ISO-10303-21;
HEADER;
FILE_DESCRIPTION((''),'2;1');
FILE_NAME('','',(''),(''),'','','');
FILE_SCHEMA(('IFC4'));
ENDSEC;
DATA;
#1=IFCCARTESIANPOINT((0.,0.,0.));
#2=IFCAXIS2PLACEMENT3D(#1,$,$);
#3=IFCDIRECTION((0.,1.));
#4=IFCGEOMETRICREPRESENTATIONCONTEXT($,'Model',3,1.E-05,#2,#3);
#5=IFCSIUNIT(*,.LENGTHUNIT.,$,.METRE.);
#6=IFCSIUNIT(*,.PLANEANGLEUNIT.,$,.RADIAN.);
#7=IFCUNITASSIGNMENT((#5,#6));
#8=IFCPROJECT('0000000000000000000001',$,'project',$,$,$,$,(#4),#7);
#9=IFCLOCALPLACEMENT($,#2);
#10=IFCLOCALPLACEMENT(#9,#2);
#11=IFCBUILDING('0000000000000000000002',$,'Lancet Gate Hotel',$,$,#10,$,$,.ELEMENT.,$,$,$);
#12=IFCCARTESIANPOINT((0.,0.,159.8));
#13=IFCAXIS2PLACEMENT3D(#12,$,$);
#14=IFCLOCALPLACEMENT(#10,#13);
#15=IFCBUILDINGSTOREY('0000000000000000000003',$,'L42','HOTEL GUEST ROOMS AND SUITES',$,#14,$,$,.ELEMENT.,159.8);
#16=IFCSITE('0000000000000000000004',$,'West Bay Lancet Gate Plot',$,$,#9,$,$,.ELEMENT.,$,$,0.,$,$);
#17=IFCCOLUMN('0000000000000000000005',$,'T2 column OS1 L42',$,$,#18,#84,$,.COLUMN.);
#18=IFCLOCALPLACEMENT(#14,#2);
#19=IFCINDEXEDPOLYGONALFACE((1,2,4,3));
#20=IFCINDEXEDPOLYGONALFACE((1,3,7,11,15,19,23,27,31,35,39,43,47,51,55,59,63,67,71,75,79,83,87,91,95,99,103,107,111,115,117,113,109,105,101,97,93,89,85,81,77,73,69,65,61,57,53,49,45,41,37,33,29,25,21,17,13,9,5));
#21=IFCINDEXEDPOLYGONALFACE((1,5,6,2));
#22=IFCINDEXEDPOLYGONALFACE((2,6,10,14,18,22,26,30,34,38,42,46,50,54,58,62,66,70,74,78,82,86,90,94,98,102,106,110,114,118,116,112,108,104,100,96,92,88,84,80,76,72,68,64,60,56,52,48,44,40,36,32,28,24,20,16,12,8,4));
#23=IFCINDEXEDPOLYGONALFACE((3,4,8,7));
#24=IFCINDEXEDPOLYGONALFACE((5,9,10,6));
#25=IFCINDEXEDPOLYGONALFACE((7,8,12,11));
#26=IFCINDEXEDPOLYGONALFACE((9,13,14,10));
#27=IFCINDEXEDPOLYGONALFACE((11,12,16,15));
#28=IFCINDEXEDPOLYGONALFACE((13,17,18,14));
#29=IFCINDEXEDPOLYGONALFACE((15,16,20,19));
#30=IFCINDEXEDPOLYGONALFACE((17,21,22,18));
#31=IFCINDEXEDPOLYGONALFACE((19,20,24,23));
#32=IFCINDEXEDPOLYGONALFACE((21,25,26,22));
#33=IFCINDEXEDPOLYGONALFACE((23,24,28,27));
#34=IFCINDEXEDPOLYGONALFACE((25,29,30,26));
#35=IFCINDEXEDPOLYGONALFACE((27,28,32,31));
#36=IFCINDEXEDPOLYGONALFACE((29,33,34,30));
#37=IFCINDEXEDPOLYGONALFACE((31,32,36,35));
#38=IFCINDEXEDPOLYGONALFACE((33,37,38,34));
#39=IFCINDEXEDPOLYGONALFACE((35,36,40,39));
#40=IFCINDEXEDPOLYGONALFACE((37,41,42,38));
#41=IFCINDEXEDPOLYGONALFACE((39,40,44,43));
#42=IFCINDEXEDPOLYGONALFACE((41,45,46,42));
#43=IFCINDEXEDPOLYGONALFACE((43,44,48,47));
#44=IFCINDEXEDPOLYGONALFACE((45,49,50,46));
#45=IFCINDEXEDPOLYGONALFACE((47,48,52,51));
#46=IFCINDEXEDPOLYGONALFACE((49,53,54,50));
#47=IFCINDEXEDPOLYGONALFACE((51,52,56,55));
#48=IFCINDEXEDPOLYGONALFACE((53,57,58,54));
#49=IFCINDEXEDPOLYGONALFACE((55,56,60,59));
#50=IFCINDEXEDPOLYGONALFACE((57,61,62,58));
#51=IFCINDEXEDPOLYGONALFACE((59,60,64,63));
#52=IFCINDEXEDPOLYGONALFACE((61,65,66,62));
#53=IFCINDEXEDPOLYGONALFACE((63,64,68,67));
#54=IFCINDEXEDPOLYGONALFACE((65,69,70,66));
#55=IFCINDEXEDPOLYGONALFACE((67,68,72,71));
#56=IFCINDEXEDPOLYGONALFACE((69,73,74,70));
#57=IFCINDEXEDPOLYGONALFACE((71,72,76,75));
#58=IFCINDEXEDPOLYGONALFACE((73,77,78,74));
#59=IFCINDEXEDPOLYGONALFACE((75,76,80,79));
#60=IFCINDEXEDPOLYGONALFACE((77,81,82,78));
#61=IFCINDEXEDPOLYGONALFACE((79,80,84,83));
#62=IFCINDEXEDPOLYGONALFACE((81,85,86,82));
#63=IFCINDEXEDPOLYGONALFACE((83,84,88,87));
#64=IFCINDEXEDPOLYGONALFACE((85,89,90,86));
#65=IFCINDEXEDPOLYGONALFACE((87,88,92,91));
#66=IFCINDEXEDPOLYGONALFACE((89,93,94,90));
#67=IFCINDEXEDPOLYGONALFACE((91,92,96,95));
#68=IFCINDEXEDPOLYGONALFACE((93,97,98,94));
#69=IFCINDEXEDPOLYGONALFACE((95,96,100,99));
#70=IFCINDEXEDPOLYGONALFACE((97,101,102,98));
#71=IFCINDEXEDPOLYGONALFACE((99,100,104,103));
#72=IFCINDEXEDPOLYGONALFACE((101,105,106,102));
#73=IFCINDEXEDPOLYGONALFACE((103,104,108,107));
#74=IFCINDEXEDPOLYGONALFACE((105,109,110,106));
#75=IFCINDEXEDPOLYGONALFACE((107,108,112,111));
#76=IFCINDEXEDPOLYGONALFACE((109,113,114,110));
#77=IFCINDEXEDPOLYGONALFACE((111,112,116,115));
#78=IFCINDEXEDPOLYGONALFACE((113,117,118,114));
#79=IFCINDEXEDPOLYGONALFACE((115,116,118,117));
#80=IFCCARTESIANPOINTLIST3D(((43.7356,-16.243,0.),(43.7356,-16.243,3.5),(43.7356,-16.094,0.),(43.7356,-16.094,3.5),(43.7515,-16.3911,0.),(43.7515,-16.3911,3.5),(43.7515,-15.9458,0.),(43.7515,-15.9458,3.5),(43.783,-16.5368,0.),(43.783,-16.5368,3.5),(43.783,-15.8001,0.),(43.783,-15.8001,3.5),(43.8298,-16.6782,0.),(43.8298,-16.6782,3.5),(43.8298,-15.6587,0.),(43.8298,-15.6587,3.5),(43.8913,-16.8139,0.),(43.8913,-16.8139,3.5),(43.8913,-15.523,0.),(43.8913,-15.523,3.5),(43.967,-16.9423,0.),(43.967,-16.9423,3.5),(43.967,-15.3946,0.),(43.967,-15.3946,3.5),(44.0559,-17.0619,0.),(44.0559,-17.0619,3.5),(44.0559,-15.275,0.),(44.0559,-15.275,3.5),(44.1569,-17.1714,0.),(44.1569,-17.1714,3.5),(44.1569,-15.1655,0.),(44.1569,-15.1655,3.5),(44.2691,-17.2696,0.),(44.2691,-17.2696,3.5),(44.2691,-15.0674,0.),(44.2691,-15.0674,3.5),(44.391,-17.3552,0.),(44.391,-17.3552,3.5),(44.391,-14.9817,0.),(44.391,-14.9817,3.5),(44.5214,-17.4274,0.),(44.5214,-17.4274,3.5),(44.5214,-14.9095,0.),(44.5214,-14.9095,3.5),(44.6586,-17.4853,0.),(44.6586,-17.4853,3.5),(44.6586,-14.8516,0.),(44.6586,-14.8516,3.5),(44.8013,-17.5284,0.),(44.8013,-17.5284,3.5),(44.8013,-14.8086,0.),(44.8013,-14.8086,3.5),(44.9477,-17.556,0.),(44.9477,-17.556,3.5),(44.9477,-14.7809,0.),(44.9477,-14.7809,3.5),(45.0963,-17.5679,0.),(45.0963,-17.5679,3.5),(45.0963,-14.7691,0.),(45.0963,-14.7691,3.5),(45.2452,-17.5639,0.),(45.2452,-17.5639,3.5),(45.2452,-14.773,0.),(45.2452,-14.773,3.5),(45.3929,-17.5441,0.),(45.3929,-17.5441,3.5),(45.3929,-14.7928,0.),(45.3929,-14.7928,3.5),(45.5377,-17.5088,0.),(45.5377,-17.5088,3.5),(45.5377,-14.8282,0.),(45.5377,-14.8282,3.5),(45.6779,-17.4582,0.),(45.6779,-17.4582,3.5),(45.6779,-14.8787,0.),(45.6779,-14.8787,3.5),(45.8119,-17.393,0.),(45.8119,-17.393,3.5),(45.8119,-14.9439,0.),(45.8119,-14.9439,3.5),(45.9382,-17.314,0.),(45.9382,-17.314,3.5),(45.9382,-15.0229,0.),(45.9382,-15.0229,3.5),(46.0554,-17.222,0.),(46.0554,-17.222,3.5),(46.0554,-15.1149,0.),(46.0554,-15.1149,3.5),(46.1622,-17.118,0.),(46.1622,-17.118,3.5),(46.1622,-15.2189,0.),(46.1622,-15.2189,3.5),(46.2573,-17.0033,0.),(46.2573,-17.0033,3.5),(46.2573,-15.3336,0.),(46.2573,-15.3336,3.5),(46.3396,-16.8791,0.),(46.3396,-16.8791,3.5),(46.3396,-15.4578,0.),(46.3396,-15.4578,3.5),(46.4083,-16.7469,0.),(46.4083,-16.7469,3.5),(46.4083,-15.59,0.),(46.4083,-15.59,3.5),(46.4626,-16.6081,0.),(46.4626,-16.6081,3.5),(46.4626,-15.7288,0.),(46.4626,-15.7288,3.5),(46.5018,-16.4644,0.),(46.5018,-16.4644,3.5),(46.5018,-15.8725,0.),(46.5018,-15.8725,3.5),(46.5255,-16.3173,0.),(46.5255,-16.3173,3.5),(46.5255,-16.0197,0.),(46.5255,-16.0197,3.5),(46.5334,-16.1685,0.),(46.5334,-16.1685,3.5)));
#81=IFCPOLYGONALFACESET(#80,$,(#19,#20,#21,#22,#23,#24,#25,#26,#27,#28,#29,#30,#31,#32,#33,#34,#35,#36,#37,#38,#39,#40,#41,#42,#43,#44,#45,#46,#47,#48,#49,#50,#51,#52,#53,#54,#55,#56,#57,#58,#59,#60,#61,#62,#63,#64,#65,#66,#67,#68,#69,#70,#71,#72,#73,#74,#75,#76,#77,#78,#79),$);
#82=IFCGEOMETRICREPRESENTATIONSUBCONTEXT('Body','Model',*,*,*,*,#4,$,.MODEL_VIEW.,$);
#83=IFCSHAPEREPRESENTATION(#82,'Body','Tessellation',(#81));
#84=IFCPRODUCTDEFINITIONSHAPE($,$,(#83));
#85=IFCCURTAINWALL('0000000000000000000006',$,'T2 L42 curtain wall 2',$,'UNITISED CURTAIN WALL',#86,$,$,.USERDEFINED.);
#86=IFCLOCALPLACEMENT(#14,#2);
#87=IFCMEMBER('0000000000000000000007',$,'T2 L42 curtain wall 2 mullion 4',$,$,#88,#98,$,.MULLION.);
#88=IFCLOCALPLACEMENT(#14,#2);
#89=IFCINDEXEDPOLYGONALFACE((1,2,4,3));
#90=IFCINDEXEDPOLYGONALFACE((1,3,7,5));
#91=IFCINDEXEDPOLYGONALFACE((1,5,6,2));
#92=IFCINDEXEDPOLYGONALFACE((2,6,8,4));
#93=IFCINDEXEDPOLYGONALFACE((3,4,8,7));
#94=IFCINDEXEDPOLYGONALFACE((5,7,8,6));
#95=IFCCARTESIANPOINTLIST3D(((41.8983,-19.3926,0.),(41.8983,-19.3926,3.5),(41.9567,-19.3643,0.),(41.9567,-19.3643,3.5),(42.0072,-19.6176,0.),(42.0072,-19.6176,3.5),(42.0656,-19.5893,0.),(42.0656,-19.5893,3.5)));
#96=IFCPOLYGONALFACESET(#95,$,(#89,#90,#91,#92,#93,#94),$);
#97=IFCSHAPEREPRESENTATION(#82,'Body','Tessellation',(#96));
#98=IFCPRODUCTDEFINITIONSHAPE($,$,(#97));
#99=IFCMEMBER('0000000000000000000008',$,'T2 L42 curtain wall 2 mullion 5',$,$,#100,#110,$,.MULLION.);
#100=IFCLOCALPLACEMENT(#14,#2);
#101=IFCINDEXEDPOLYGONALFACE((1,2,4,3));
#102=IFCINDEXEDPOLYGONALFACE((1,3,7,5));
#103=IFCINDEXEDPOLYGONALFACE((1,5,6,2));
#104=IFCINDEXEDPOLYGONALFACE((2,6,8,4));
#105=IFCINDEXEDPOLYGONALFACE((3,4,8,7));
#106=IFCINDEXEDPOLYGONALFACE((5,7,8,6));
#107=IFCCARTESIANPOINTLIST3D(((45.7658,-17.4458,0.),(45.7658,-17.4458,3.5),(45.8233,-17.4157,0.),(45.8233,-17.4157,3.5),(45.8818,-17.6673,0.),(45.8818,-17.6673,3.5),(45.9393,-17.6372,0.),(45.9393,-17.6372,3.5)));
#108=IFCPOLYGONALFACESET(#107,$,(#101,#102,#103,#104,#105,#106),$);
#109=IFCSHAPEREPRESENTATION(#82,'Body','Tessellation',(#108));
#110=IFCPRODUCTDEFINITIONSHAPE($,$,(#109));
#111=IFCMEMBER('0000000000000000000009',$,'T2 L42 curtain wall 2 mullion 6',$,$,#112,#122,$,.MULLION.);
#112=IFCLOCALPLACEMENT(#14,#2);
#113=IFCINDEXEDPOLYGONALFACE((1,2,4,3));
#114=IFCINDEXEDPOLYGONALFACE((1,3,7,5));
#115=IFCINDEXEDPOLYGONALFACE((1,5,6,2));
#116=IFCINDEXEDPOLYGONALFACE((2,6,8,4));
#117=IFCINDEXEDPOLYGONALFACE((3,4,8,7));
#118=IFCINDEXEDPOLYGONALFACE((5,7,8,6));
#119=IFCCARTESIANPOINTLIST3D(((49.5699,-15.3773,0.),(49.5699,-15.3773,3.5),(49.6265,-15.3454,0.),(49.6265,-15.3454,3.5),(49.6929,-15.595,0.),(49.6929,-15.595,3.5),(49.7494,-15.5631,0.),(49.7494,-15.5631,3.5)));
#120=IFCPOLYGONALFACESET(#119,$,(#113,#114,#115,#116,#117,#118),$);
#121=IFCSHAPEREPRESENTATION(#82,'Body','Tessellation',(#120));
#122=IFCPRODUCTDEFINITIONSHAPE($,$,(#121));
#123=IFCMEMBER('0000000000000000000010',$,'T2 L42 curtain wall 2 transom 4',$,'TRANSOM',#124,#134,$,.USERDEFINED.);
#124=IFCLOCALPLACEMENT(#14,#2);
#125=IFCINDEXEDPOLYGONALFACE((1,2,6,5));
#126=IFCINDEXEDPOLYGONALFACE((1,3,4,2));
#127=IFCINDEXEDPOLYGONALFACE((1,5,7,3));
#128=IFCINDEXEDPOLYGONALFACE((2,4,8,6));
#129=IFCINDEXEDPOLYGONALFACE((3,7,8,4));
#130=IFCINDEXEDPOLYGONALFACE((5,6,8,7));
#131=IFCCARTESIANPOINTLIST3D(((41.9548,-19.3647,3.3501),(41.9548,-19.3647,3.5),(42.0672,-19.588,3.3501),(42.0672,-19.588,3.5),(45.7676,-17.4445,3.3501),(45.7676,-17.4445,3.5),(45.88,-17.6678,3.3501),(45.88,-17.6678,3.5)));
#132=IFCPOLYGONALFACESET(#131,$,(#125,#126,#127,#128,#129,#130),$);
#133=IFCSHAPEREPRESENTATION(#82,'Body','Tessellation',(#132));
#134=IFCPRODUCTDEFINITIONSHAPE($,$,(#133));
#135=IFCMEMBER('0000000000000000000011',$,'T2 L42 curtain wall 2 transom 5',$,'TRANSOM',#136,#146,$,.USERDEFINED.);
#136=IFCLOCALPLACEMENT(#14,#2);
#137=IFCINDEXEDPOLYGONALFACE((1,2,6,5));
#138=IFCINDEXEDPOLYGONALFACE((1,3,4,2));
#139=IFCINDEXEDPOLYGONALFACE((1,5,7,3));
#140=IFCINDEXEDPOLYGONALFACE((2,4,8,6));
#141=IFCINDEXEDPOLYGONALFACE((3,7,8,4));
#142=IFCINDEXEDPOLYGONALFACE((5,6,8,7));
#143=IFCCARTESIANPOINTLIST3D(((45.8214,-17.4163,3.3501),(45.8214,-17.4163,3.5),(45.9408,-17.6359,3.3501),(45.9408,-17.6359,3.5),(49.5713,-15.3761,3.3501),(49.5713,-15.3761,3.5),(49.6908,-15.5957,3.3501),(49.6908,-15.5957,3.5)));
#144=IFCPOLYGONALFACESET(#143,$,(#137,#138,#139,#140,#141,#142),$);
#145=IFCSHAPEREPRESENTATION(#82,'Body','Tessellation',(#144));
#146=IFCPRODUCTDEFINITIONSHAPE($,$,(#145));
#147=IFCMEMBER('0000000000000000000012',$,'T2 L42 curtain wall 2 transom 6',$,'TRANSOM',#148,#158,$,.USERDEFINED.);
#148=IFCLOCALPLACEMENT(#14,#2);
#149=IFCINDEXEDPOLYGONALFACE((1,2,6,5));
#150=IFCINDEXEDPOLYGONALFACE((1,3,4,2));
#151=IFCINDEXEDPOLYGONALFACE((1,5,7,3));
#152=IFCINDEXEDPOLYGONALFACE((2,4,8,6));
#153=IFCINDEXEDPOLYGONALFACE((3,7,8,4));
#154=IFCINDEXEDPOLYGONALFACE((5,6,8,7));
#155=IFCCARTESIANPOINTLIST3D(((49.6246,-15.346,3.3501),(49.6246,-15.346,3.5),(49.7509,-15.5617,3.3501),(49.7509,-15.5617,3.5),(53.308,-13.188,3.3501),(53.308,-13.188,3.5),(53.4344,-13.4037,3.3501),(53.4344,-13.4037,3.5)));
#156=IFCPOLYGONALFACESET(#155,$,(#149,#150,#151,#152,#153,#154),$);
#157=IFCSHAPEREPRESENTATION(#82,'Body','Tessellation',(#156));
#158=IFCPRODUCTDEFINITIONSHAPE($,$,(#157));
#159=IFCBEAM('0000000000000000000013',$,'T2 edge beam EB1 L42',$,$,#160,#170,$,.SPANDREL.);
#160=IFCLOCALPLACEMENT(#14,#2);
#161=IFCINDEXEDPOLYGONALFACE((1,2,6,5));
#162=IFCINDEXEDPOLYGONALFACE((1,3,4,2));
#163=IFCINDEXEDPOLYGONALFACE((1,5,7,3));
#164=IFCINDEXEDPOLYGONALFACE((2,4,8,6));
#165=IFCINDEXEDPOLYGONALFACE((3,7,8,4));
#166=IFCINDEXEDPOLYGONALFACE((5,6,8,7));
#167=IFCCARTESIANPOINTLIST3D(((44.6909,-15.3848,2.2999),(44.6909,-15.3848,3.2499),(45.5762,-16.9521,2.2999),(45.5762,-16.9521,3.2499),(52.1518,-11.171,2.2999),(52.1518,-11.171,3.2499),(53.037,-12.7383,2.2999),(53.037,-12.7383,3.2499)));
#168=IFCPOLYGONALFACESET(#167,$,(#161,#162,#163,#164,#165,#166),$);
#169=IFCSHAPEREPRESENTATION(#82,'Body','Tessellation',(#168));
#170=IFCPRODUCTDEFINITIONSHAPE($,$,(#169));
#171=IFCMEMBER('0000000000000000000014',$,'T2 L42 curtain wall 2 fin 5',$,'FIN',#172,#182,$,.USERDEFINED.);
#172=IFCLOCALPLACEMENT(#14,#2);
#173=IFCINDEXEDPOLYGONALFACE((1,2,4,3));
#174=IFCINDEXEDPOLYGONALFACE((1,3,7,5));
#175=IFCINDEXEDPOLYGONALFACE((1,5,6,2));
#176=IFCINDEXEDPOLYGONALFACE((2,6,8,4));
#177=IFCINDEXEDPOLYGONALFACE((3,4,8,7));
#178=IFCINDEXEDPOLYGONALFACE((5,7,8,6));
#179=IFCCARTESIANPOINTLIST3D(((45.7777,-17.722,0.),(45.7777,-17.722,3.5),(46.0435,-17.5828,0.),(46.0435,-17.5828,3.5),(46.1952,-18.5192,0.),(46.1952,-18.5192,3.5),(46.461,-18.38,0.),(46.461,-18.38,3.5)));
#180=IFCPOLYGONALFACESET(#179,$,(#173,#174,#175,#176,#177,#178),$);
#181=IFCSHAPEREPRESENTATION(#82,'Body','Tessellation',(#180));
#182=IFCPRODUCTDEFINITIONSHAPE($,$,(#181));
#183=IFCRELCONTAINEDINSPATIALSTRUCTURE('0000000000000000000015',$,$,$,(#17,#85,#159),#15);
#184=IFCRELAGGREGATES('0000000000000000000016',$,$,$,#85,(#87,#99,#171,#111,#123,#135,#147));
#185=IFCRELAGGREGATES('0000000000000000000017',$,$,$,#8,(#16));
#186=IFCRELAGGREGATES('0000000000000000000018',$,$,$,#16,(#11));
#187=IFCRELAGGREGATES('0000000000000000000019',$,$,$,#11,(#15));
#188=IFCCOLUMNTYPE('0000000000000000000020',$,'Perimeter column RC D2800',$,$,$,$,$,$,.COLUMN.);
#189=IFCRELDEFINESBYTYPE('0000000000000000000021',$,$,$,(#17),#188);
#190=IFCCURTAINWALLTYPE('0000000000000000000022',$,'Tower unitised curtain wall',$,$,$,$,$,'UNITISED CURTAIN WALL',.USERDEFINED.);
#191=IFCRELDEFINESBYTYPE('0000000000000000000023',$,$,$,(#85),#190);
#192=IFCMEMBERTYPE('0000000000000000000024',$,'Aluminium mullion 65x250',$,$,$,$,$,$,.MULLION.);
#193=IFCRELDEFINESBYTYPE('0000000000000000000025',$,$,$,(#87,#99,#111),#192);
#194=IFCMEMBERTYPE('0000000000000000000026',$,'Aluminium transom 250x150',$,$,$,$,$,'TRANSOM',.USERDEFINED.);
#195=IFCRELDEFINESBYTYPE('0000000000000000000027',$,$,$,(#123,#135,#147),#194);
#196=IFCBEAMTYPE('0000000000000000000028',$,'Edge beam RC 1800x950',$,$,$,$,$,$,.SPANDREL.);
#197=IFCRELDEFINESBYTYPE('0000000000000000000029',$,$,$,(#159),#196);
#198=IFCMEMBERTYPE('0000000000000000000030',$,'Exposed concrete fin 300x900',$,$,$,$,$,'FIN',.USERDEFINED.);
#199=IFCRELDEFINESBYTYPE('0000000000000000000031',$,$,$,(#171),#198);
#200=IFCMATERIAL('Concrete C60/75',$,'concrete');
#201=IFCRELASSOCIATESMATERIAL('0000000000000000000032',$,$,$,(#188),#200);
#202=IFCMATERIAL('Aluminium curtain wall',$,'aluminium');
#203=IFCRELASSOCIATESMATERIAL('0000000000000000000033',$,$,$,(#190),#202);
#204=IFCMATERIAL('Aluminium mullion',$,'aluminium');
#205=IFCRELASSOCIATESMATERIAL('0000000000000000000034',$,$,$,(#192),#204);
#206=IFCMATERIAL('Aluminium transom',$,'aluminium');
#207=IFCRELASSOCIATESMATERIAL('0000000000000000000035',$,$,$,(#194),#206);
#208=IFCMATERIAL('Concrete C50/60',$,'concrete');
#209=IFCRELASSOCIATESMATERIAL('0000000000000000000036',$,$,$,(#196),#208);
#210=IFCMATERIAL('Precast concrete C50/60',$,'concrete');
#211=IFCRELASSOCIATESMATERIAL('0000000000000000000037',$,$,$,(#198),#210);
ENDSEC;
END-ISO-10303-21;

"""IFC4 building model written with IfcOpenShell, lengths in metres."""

from ifc_helpers import new_model, si_unit, direction, frame, origin, origin_2d, place, context, subcontext, project, spatial, rectangle, circle, extrude, material, material_profile, profile_set, type_object, element, aggregate, save


model = new_model("IFC4")

# Units and contexts
model_context = context("Model", 3, precision=1e-05, world=origin(), true_north=direction((0.0, 1.0)))
body_context = subcontext(model_context, "Body", "Model", "MODEL_VIEW")
ifc_project = project(units=[si_unit("LENGTHUNIT", "METRE"), si_unit("PLANEANGLEUNIT", "RADIAN")], contexts=[model_context])

# Site, building, storey
site_placement = place(None, origin())
site = spatial("IfcSite", under=ifc_project, at=site_placement, Name="West Bay Lancet Gate Plot", CompositionType="ELEMENT", RefElevation=0.0)
building_placement = place(site_placement, origin())
building = spatial("IfcBuilding", under=site, at=building_placement, Name="Lancet Gate Hotel", CompositionType="ELEMENT")
storey_placement = place(building_placement, frame((0.0, 0.0, 159.8)))
storey = spatial("IfcBuildingStorey", under=building, at=storey_placement, Name="L42", Description="HOTEL GUEST ROOMS AND SUITES", CompositionType="ELEMENT", Elevation=159.8)

# Column
ifc_material_1 = material(Name="Concrete C60/75", Category="concrete")
ifc_material_profile_1 = material_profile(ifc_material_1, circle(Radius=1.3999, at=origin_2d()), Name="RC D2800")
ifc_profile_set_1 = profile_set([ifc_material_profile_1], Name="Concrete C60/75")
column_type = type_object("IfcColumnType", Name="Perimeter column RC D2800", PredefinedType="COLUMN", material=ifc_profile_set_1)
column_placement = place(storey_placement, frame((45.1335, -16.1685, 0.0), z_axis=(0.0, 0.0, 1.0), x_axis=(1.0, 0.0, 0.0)))
element("IfcColumn", 1, at=column_placement, inside=storey, type_object=column_type, Name="T2 column OS1 L42", PredefinedType="COLUMN", context=body_context, shape_type="SweptSolid", body=[
    extrude(circle(Radius=1.3999, at=origin_2d()), origin(), (0.0, 0.0, 1.0), 3.5),
])

# Curtain wall, members
ifc_material_2 = material(Name="Aluminium curtain wall", Category="aluminium")
curtain_wall_type = type_object("IfcCurtainWallType", Name="Tower unitised curtain wall", ElementType="UNITISED CURTAIN WALL", PredefinedType="USERDEFINED", material=ifc_material_2)
curtain_wall_placement = place(storey_placement, origin())
curtain_wall = element("IfcCurtainWall", 2, at=curtain_wall_placement, inside=storey, type_object=curtain_wall_type, Name="T2 L42 curtain wall 2", ObjectType="UNITISED CURTAIN WALL", PredefinedType="USERDEFINED")
ifc_material_3 = material(Name="Aluminium mullion", Category="aluminium")
ifc_material_profile_2 = material_profile(ifc_material_3, rectangle(XDim=0.0649, YDim=0.25, at=origin_2d()), Name="MULLION 65x250")
ifc_profile_set_2 = profile_set([ifc_material_profile_2], Name="Aluminium mullion")
member_type_1 = type_object("IfcMemberType", Name="Aluminium mullion 65x250", PredefinedType="MULLION", material=ifc_profile_set_2)
member_1_placement = place(storey_placement, frame((41.9819, -19.491, 0.0), z_axis=(0.0, 0.0, 1.0), x_axis=(0.900141, 0.435598, 0.0)))
member_1 = element("IfcMember", 3, at=member_1_placement, type_object=member_type_1, Name="T2 L42 curtain wall 2 mullion 4", PredefinedType="MULLION", context=body_context, shape_type="SweptSolid", body=[
    extrude(rectangle(XDim=0.0649, YDim=0.25, at=origin_2d()), origin(), (0.0, 0.0, 1.0), 3.5),
])
member_2_placement = place(storey_placement, frame((45.8525, -17.5415, 0.0), z_axis=(0.0, 0.0, 1.0), x_axis=(0.885877, 0.46392, 0.0)))
member_2 = element("IfcMember", 4, at=member_2_placement, type_object=member_type_1, Name="T2 L42 curtain wall 2 mullion 5", PredefinedType="MULLION", context=body_context, shape_type="SweptSolid", body=[
    extrude(rectangle(XDim=0.0649, YDim=0.25, at=origin_2d()), origin(), (0.0, 0.0, 1.0), 3.5),
])
member_3_placement = place(storey_placement, frame((49.6597, -15.4702, 0.0), z_axis=(0.0, 0.0, 1.0), x_axis=(0.870722, 0.491776, 0.0)))
member_3 = element("IfcMember", 5, at=member_3_placement, type_object=member_type_1, Name="T2 L42 curtain wall 2 mullion 6", PredefinedType="MULLION", context=body_context, shape_type="SweptSolid", body=[
    extrude(rectangle(XDim=0.0649, YDim=0.25, at=origin_2d()), origin(), (0.0, 0.0, 1.0), 3.5),
])
ifc_material_4 = material(Name="Aluminium transom", Category="aluminium")
ifc_material_profile_3 = material_profile(ifc_material_4, rectangle(XDim=0.25, YDim=0.1499, at=origin_2d()), Name="TRANSOM 250x150")
ifc_profile_set_3 = profile_set([ifc_material_profile_3], Name="Aluminium transom")
member_type_2 = type_object("IfcMemberType", Name="Aluminium transom 250x150", ElementType="TRANSOM", PredefinedType="USERDEFINED", material=ifc_profile_set_3)
member_4_placement = place(storey_placement, frame((42.011, -19.4763, 3.425), z_axis=(0.893131, 0.449797, 0.0), x_axis=(-0.449797, 0.893131, 0.0)))
member_4 = element("IfcMember", 6, at=member_4_placement, type_object=member_type_2, Name="T2 L42 curtain wall 2 transom 4", ObjectType="TRANSOM", PredefinedType="USERDEFINED", context=body_context, shape_type="SweptSolid", body=[
    extrude(rectangle(XDim=0.25, YDim=0.1499, at=origin_2d()), origin(), (0.0, 0.0, 1.0), 4.269),
])
member_5_placement = place(storey_placement, frame((45.8811, -17.5261, 3.425), z_axis=(0.878404, 0.477918, 0.0), x_axis=(-0.477918, 0.878404, 0.0)))
member_5 = element("IfcMember", 7, at=member_5_placement, type_object=member_type_2, Name="T2 L42 curtain wall 2 transom 5", ObjectType="TRANSOM", PredefinedType="USERDEFINED", context=body_context, shape_type="SweptSolid", body=[
    extrude(rectangle(XDim=0.25, YDim=0.1499, at=origin_2d()), origin(), (0.0, 0.0, 1.0), 4.269),
])
member_6_placement = place(storey_placement, frame((49.6877, -15.4539, 3.425), z_axis=(0.862825, 0.505502, 0.0), x_axis=(-0.505502, 0.862825, 0.0)))
member_6 = element("IfcMember", 8, at=member_6_placement, type_object=member_type_2, Name="T2 L42 curtain wall 2 transom 6", ObjectType="TRANSOM", PredefinedType="USERDEFINED", context=body_context, shape_type="SweptSolid", body=[
    extrude(rectangle(XDim=0.25, YDim=0.1499, at=origin_2d()), origin(), (0.0, 0.0, 1.0), 4.269),
])

# Beam
ifc_material_5 = material(Name="Concrete C50/60", Category="concrete")
ifc_material_profile_4 = material_profile(ifc_material_5, rectangle(XDim=1.8, YDim=0.95, at=origin_2d()), Name="RC 1800x950")
ifc_profile_set_4 = profile_set([ifc_material_profile_4], Name="Concrete C50/60")
beam_type_1 = type_object("IfcBeamType", Name="Edge beam RC 1800x950", PredefinedType="SPANDREL", material=ifc_profile_set_4)
beam_1_placement = place(storey_placement, frame((45.1335, -16.1685, 2.7749), z_axis=(0.870722, 0.491776, 0.0), x_axis=(-0.491776, 0.870722, 0.0)))
element("IfcBeam", 9, at=beam_1_placement, inside=storey, type_object=beam_type_1, Name="T2 edge beam EB1 L42", PredefinedType="SPANDREL", context=body_context, shape_type="SweptSolid", body=[
    extrude(rectangle(XDim=1.8, YDim=0.95, at=origin_2d()), origin(), (0.0, 0.0, 1.0), 8.5686),
])

# Member
ifc_material_6 = material(Name="Precast concrete C50/60", Category="concrete")
ifc_material_profile_5 = material_profile(ifc_material_6, rectangle(XDim=0.3, YDim=0.8999, at=origin_2d()), Name="FIN 300x900")
ifc_profile_set_5 = profile_set([ifc_material_profile_5], Name="Precast concrete C50/60")
member_type_3 = type_object("IfcMemberType", Name="Exposed concrete fin 300x900", ElementType="FIN", PredefinedType="USERDEFINED", material=ifc_profile_set_5)
member_7_placement = place(storey_placement, frame((46.1194, -18.051, 0.0), z_axis=(0.0, 0.0, 1.0), x_axis=(0.885877, 0.46392, 0.0)))
member_7 = element("IfcMember", 10, at=member_7_placement, type_object=member_type_3, Name="T2 L42 curtain wall 2 fin 5", ObjectType="FIN", PredefinedType="USERDEFINED", context=body_context, shape_type="SweptSolid", body=[
    extrude(rectangle(XDim=0.3, YDim=0.8999, at=origin_2d()), origin(), (0.0, 0.0, 1.0), 3.5),
])

aggregate(curtain_wall, [member_1, member_2, member_7, member_3, member_4, member_5, member_6])

save(model, "model.ifc")
